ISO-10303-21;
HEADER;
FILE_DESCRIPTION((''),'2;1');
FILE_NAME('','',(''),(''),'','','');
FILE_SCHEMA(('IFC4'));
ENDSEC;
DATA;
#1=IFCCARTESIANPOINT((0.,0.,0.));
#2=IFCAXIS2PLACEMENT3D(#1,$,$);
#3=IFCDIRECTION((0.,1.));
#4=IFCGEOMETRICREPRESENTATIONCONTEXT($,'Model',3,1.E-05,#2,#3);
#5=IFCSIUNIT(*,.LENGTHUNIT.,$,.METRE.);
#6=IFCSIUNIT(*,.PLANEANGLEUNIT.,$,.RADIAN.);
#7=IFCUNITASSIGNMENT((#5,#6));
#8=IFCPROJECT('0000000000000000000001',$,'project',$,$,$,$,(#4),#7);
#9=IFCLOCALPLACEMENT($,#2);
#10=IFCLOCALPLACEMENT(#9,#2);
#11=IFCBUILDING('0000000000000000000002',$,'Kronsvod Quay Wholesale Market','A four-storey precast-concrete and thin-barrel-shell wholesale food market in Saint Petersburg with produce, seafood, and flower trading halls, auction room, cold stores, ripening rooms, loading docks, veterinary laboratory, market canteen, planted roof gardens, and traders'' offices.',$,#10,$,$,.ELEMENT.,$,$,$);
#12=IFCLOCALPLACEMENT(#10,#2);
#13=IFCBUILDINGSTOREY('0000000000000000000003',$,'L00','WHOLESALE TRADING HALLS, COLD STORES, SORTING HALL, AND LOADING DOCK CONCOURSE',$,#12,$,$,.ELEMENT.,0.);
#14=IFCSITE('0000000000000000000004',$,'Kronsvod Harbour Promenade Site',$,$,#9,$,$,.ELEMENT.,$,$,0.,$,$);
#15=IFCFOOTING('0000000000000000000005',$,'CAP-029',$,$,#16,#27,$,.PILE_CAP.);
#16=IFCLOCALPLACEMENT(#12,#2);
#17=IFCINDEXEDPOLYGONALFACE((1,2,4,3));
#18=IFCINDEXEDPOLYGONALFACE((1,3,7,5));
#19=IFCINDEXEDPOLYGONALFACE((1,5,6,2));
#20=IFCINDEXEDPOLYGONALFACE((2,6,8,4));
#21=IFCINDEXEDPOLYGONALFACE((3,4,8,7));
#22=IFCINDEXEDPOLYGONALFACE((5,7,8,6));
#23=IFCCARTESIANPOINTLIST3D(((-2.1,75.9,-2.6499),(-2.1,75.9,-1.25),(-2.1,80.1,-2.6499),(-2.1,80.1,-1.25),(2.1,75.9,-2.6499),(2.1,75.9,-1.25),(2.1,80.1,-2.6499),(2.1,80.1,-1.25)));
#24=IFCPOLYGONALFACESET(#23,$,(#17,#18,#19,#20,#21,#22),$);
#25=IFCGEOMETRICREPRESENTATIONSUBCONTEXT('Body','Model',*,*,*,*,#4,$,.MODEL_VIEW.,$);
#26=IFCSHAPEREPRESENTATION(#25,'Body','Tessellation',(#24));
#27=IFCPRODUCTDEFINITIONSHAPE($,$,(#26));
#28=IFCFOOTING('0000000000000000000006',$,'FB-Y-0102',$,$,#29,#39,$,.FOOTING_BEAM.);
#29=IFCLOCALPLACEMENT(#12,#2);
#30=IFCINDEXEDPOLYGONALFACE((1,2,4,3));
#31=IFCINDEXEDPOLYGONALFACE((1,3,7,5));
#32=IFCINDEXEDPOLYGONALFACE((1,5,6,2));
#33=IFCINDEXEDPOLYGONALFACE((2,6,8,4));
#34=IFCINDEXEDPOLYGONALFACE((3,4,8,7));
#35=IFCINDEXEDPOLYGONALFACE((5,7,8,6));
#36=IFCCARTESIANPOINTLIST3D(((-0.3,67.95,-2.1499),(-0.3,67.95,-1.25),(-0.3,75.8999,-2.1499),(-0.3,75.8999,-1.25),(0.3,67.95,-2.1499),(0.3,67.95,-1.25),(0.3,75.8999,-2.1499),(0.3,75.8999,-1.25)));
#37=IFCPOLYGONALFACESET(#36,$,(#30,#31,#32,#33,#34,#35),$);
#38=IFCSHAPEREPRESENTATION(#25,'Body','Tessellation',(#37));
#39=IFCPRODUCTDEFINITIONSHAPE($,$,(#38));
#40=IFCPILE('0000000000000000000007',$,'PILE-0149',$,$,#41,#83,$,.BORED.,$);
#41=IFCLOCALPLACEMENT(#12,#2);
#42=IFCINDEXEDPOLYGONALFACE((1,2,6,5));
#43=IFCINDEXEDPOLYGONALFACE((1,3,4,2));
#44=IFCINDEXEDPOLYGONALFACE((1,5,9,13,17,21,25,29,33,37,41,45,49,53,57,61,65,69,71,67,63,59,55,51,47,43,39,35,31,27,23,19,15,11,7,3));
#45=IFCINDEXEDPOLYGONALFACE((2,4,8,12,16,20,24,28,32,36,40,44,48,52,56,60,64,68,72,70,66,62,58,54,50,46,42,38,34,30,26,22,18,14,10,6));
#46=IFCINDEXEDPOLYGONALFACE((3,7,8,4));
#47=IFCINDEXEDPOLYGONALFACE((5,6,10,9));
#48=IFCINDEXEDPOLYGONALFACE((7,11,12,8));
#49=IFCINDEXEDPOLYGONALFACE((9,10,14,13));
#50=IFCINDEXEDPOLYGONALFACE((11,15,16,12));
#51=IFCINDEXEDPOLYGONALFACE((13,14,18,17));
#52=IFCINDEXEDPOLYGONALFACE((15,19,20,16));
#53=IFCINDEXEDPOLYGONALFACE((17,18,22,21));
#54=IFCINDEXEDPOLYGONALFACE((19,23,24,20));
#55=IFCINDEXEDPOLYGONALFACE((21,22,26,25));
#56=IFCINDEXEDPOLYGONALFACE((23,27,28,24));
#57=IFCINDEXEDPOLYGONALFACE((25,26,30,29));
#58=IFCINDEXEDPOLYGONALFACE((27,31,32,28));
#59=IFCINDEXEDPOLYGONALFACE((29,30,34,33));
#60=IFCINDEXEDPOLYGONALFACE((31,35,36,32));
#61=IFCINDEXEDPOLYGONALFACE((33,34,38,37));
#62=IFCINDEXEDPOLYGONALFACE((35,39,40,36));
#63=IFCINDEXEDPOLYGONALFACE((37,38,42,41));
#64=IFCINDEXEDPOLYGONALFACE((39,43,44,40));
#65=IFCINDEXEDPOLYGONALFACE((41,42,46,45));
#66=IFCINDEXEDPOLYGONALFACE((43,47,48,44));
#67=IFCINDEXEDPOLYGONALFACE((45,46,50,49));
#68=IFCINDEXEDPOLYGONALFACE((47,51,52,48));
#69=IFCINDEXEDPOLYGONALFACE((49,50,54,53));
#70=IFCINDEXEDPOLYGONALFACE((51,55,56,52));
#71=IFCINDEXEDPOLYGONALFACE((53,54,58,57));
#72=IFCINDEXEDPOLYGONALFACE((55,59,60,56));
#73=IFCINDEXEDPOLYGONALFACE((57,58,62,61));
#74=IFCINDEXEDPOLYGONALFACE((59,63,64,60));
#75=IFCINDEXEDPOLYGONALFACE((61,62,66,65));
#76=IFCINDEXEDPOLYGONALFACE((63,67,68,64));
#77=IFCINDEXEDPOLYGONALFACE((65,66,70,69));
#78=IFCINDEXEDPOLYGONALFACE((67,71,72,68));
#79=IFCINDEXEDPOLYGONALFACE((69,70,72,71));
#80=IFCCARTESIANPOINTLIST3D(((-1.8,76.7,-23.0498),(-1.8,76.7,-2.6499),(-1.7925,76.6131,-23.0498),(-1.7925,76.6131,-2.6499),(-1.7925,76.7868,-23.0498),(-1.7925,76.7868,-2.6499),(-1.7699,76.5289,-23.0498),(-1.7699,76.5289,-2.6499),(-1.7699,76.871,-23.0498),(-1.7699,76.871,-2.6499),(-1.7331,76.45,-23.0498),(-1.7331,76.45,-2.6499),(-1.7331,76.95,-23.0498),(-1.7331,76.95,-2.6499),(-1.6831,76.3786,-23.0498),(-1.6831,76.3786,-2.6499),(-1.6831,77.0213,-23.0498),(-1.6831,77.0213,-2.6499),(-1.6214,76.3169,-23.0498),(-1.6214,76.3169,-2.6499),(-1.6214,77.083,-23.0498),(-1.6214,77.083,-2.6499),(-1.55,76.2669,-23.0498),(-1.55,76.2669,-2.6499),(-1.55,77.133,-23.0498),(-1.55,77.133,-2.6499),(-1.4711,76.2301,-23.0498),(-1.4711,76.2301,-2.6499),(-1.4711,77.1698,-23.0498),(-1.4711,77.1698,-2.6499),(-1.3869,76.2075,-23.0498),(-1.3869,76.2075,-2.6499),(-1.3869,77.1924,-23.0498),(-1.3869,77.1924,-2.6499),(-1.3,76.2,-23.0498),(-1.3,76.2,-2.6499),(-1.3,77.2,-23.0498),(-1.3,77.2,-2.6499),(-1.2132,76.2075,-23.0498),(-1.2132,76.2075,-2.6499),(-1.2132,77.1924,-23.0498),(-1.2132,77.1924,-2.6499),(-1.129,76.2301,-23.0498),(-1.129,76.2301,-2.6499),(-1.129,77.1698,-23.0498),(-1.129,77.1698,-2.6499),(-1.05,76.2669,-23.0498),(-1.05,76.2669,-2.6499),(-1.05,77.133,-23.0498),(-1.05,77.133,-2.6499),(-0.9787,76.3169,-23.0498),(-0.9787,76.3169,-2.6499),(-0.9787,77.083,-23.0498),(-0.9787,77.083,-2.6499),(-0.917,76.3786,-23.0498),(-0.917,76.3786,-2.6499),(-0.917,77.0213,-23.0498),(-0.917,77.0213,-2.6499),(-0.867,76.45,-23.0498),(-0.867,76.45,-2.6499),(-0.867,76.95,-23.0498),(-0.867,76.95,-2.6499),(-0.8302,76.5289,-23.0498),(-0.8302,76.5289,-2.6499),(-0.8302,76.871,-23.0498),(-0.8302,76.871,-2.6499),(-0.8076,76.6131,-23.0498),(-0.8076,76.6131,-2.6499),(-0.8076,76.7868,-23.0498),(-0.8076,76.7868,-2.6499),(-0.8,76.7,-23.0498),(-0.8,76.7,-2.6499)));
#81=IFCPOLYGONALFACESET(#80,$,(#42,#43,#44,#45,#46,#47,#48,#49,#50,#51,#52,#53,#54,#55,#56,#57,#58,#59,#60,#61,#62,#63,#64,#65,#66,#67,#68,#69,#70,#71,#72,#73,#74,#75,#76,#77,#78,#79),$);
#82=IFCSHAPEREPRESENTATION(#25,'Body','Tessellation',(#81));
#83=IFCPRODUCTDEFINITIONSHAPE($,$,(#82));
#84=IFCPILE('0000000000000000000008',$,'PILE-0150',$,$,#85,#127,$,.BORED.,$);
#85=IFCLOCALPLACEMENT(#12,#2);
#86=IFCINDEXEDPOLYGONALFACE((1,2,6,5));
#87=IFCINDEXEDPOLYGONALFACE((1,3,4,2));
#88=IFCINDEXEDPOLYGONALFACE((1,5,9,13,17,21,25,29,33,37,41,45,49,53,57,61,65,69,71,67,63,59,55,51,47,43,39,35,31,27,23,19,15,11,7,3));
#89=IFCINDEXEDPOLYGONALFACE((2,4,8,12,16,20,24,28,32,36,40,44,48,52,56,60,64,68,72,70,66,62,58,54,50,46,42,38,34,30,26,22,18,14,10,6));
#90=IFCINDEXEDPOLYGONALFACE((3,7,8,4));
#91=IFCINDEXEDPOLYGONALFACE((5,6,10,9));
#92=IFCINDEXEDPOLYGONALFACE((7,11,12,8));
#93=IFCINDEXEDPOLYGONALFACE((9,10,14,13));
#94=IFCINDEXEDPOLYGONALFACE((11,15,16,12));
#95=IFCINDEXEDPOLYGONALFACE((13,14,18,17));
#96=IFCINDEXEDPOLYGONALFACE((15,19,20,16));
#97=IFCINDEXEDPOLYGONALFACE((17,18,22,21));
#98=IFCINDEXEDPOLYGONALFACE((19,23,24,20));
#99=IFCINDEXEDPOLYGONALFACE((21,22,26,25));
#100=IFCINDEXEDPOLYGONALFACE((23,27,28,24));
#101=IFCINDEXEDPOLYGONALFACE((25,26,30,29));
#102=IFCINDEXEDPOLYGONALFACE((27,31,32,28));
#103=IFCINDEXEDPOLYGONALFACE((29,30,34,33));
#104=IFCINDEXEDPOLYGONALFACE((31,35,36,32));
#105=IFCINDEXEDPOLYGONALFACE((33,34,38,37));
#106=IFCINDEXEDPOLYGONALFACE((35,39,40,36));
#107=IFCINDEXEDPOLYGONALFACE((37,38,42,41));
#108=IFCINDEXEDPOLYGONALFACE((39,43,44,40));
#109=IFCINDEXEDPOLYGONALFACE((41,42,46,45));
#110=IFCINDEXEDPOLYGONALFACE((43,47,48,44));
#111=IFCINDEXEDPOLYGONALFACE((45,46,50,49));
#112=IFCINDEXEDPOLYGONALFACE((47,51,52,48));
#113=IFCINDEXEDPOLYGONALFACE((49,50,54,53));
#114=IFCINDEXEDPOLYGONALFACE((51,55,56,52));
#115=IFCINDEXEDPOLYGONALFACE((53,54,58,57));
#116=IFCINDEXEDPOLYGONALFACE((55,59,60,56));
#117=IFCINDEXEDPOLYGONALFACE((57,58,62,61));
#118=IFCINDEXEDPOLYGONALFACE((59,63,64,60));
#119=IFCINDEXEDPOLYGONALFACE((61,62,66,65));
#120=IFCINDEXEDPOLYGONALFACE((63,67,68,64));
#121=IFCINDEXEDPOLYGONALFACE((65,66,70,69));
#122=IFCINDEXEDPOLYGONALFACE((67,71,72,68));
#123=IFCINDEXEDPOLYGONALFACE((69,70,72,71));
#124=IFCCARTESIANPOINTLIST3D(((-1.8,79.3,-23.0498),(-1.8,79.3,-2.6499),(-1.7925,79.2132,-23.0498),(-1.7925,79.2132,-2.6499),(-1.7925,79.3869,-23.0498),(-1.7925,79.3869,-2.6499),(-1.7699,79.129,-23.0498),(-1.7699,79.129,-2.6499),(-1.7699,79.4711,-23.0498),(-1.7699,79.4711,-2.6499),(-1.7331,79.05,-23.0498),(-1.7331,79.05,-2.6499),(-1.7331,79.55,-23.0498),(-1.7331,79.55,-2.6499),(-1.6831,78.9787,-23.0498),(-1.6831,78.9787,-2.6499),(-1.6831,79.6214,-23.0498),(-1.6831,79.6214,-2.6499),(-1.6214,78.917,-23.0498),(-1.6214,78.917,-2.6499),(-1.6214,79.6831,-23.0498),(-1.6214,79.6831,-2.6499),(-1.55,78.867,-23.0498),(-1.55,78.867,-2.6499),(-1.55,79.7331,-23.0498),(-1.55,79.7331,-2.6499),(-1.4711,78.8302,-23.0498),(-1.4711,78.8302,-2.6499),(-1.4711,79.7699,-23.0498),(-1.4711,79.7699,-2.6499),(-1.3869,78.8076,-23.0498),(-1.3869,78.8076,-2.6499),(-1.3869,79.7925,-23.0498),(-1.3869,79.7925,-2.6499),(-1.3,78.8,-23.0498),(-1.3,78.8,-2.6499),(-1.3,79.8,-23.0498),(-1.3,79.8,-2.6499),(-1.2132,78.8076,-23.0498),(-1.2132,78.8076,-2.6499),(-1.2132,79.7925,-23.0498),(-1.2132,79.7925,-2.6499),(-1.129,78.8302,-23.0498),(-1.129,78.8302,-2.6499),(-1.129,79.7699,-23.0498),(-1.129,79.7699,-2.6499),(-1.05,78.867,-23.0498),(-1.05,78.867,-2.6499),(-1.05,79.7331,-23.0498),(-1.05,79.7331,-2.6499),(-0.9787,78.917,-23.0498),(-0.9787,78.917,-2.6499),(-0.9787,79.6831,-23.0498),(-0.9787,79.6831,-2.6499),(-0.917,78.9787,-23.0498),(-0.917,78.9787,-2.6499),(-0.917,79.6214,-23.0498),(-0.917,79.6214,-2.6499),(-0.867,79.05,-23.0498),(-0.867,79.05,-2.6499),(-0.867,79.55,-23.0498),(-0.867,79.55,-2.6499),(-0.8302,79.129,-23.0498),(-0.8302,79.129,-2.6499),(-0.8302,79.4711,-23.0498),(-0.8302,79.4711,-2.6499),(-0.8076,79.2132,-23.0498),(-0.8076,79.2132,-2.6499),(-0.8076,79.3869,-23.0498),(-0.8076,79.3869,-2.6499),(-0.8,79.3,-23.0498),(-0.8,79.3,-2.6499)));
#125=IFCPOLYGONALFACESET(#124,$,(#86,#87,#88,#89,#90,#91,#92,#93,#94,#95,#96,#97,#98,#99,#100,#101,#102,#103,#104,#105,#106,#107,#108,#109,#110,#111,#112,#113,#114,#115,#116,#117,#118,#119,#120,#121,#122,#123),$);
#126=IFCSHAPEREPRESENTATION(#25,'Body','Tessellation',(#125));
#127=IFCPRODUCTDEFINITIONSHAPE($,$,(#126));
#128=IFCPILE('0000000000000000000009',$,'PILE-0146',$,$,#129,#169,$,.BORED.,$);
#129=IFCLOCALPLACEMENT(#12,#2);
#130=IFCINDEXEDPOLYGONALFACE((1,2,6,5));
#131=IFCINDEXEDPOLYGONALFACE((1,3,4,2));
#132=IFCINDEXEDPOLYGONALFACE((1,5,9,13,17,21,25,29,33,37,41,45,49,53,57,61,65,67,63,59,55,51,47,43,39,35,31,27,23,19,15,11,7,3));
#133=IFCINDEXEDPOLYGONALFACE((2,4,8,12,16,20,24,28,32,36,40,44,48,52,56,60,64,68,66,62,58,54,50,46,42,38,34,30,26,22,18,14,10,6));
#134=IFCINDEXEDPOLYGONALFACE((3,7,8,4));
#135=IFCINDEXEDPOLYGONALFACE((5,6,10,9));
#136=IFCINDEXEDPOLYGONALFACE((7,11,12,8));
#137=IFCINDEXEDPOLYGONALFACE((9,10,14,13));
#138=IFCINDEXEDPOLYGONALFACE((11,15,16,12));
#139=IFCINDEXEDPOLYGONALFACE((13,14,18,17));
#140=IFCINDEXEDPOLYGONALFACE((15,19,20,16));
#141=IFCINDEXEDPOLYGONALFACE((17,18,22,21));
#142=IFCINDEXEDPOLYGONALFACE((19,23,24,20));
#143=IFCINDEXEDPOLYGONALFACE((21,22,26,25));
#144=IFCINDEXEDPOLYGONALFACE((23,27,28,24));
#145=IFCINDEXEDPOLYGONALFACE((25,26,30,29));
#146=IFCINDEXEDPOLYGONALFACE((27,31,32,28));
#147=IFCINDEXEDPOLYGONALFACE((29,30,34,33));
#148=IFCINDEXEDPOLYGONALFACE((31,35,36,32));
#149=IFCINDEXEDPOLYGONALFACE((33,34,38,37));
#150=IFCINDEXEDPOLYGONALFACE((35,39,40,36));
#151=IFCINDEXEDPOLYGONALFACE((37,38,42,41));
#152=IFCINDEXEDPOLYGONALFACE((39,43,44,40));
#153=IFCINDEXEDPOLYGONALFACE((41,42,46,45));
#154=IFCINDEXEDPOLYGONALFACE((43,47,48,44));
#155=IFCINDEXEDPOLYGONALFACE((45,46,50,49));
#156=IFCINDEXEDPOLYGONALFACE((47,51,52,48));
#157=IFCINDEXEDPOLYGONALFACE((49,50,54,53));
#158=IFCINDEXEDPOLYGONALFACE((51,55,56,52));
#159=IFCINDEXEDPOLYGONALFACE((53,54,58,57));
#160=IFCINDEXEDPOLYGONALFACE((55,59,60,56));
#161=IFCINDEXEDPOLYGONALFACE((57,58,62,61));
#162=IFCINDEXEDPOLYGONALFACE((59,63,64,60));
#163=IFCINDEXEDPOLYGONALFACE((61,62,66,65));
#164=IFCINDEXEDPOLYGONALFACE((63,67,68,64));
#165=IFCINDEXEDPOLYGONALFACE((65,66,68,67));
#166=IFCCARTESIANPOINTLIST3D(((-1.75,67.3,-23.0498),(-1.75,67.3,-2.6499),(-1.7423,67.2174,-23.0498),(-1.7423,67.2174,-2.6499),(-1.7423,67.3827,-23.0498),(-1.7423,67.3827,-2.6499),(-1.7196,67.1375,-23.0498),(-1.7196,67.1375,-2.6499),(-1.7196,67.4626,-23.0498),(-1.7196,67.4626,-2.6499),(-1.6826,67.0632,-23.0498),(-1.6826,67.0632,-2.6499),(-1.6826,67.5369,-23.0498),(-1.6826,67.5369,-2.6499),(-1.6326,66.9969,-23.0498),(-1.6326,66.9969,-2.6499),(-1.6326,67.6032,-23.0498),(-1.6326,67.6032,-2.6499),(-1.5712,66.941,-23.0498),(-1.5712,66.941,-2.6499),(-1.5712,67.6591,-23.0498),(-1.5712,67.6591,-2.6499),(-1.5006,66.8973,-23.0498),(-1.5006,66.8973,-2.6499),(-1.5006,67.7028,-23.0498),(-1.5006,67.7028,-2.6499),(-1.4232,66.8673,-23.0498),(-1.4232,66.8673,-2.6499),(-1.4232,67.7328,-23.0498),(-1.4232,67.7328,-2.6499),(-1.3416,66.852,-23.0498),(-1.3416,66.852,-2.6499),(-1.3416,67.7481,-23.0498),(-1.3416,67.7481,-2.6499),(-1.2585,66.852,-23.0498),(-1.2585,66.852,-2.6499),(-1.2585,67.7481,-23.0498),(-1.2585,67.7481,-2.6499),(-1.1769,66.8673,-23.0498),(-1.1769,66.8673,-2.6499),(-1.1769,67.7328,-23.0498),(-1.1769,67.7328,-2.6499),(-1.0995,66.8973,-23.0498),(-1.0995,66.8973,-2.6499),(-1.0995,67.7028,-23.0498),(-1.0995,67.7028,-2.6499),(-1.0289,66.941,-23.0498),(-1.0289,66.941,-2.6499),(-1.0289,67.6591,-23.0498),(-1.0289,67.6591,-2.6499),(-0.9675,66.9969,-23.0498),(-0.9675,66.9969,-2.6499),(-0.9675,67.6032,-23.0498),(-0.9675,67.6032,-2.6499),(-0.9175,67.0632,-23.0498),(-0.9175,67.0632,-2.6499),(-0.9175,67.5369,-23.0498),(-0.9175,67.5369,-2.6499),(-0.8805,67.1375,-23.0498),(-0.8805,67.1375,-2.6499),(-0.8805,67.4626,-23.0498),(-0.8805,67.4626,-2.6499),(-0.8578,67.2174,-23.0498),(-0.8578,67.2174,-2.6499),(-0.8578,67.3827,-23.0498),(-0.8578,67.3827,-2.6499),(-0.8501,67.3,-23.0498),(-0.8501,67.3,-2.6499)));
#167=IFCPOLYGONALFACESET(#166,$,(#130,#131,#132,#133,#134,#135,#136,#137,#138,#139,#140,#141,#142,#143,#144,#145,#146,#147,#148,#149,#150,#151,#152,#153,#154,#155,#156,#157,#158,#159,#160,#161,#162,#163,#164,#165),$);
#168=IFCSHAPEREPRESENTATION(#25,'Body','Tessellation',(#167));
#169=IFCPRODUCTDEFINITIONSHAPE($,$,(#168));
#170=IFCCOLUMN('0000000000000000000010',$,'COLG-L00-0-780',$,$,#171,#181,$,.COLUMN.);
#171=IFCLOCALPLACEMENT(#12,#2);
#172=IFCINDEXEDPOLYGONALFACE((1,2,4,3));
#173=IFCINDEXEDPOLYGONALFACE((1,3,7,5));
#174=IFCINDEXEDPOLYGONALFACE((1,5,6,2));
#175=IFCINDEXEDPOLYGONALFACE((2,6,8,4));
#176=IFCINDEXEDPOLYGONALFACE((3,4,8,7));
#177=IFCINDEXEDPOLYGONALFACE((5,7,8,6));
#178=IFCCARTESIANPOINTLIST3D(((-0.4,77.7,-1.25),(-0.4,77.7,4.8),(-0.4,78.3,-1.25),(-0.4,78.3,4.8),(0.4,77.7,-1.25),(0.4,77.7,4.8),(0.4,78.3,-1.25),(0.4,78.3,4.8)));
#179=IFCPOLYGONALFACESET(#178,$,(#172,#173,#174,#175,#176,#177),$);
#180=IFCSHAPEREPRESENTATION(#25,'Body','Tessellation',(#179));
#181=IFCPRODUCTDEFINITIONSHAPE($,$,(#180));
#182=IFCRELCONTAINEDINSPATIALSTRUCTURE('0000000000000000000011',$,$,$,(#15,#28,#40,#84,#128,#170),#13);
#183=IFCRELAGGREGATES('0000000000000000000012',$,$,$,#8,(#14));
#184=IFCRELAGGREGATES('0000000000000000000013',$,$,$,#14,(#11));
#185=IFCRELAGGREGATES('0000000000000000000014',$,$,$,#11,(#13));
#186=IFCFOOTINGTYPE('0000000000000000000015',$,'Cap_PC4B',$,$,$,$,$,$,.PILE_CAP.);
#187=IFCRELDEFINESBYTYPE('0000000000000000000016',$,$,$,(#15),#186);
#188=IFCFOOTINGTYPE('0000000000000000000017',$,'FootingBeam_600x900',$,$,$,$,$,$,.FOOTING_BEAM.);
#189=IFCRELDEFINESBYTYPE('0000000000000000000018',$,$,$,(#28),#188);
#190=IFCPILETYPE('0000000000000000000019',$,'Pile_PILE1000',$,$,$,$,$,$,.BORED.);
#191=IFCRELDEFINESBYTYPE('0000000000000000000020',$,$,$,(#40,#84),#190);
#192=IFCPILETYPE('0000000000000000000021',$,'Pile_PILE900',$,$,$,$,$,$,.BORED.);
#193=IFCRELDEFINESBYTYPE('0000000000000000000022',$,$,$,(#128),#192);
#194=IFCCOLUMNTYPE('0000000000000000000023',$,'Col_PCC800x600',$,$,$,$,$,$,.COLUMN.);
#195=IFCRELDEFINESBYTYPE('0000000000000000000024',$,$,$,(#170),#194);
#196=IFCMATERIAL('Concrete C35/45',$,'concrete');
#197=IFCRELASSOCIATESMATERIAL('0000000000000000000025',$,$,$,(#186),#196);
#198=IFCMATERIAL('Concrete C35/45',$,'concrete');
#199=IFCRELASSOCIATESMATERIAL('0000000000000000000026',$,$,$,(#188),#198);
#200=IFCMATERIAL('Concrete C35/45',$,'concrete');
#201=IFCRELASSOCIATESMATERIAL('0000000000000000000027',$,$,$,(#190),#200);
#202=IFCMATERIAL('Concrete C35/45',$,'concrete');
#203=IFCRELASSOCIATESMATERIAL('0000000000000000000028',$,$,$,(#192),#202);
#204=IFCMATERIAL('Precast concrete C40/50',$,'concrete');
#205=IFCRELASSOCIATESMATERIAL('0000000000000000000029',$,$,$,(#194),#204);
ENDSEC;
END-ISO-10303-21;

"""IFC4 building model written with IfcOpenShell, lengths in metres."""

from ifc_helpers import new_model, si_unit, direction, frame, origin, origin_2d, place, context, subcontext, project, spatial, rectangle, circle, extrude, material, material_profile, profile_set, type_object, element, save


model = new_model("IFC4")

# Units and contexts
model_context = context("Model", 3, precision=1e-05, world=origin(), true_north=direction((0.0, 1.0)))
body_context = subcontext(model_context, "Body", "Model", "MODEL_VIEW")
ifc_project = project(units=[si_unit("LENGTHUNIT", "METRE"), si_unit("PLANEANGLEUNIT", "RADIAN")], contexts=[model_context])

# Site, building, storey
site_placement = place(None, origin())
site = spatial("IfcSite", under=ifc_project, at=site_placement, Name="Kronsvod Harbour Promenade Site", CompositionType="ELEMENT", RefElevation=0.0)
building_placement = place(site_placement, origin())
building = spatial("IfcBuilding", under=site, at=building_placement, Name="Kronsvod Quay Wholesale Market", Description="A four-storey precast-concrete and thin-barrel-shell wholesale food market in Saint Petersburg with produce, seafood, and flower trading halls, auction room, cold stores, ripening rooms, loading docks, veterinary laboratory, market canteen, planted roof gardens, and traders' offices.", CompositionType="ELEMENT")
storey_placement = place(building_placement, origin())
storey = spatial("IfcBuildingStorey", under=building, at=storey_placement, Name="L00", Description="WHOLESALE TRADING HALLS, COLD STORES, SORTING HALL, AND LOADING DOCK CONCOURSE", CompositionType="ELEMENT", Elevation=0.0)

# Footings
ifc_material_1 = material(Name="Concrete C35/45", Category="concrete")
footing_type_1 = type_object("IfcFootingType", Name="Cap_PC4B", PredefinedType="PILE_CAP", material=ifc_material_1)
footing_1_placement = place(storey_placement, frame((0.0, 78.0, -2.6499), z_axis=(0.0, 0.0, 1.0), x_axis=(1.0, 0.0, 0.0)))
element("IfcFooting", 1, at=footing_1_placement, inside=storey, type_object=footing_type_1, Name="CAP-029", PredefinedType="PILE_CAP", context=body_context, shape_type="SweptSolid", body=[
    extrude(rectangle(XDim=4.2, YDim=4.2, at=origin_2d()), origin(), (0.0, 0.0, 1.0), 1.3999),
])
ifc_material_2 = material(Name="Concrete C35/45", Category="concrete")
ifc_material_profile_1 = material_profile(ifc_material_2, rectangle(XDim=0.6001, YDim=0.8999, at=origin_2d()), Name="FB-02")
ifc_profile_set_1 = profile_set([ifc_material_profile_1], Name="Concrete C35/45")
footing_type_2 = type_object("IfcFootingType", Name="FootingBeam_600x900", PredefinedType="FOOTING_BEAM", material=ifc_profile_set_1)
footing_2_placement = place(storey_placement, frame((0.0, 67.95, -1.7), z_axis=(0.0, 1.0, 0.0), x_axis=(-1.0, 0.0, 0.0)))
element("IfcFooting", 2, at=footing_2_placement, inside=storey, type_object=footing_type_2, Name="FB-Y-0102", PredefinedType="FOOTING_BEAM", context=body_context, shape_type="SweptSolid", body=[
    extrude(rectangle(XDim=0.6001, YDim=0.8999, at=origin_2d()), origin(), (0.0, 0.0, 1.0), 7.95),
])

# Piles
ifc_material_3 = material(Name="Concrete C35/45", Category="concrete")
ifc_material_profile_2 = material_profile(ifc_material_3, circle(Radius=0.5, at=origin_2d()), Name="PILE1000")
ifc_profile_set_2 = profile_set([ifc_material_profile_2], Name="Concrete C35/45")
pile_type_1 = type_object("IfcPileType", Name="Pile_PILE1000", PredefinedType="BORED", material=ifc_profile_set_2)
for number, where, z_axis, x_axis, name in (
    (3, (-1.3, 76.7, -2.6499), (0.0, 0.0, -1.0), (1.0, 0.0, 0.0), "PILE-0149"),
    (4, (-1.3, 79.3, -2.6499), (0.0, 0.0, -1.0), (1.0, 0.0, 0.0), "PILE-0150"),
):
    element("IfcPile", number, at=place(storey_placement, frame(where, z_axis=z_axis, x_axis=x_axis)), inside=storey, type_object=pile_type_1, Name=name, PredefinedType="BORED", context=body_context, shape_type="SweptSolid", body=[
        extrude(circle(Radius=0.5, at=origin_2d()), origin(), (0.0, 0.0, 1.0), 20.3999),
    ])
ifc_material_4 = material(Name="Concrete C35/45", Category="concrete")
ifc_material_profile_3 = material_profile(ifc_material_4, circle(Radius=0.45, at=origin_2d()), Name="PILE900")
ifc_profile_set_3 = profile_set([ifc_material_profile_3], Name="Concrete C35/45")
pile_type_2 = type_object("IfcPileType", Name="Pile_PILE900", PredefinedType="BORED", material=ifc_profile_set_3)
pile_placement = place(storey_placement, frame((-1.3, 67.3, -2.6499), z_axis=(0.0, 0.0, -1.0), x_axis=(1.0, 0.0, 0.0)))
element("IfcPile", 5, at=pile_placement, inside=storey, type_object=pile_type_2, Name="PILE-0146", PredefinedType="BORED", context=body_context, shape_type="SweptSolid", body=[
    extrude(circle(Radius=0.45, at=origin_2d()), origin(), (0.0, 0.0, 1.0), 20.3999),
])

# Column
ifc_material_5 = material(Name="Precast concrete C40/50", Category="concrete")
ifc_material_profile_4 = material_profile(ifc_material_5, rectangle(XDim=0.8, YDim=0.6001, at=origin_2d()), Name="PCC800x600")
ifc_profile_set_4 = profile_set([ifc_material_profile_4], Name="Precast concrete C40/50")
column_type = type_object("IfcColumnType", Name="Col_PCC800x600", PredefinedType="COLUMN", material=ifc_profile_set_4)
column_placement = place(storey_placement, frame((0.0, 78.0, -1.25), z_axis=(0.0, 0.0, 1.0), x_axis=(1.0, 0.0, 0.0)))
element("IfcColumn", 6, at=column_placement, inside=storey, type_object=column_type, Name="COLG-L00-0-780", PredefinedType="COLUMN", context=body_context, shape_type="SweptSolid", body=[
    extrude(rectangle(XDim=0.8, YDim=0.6001, at=origin_2d()), origin(), (0.0, 0.0, 1.0), 6.05),
])

save(model, "model.ifc")
